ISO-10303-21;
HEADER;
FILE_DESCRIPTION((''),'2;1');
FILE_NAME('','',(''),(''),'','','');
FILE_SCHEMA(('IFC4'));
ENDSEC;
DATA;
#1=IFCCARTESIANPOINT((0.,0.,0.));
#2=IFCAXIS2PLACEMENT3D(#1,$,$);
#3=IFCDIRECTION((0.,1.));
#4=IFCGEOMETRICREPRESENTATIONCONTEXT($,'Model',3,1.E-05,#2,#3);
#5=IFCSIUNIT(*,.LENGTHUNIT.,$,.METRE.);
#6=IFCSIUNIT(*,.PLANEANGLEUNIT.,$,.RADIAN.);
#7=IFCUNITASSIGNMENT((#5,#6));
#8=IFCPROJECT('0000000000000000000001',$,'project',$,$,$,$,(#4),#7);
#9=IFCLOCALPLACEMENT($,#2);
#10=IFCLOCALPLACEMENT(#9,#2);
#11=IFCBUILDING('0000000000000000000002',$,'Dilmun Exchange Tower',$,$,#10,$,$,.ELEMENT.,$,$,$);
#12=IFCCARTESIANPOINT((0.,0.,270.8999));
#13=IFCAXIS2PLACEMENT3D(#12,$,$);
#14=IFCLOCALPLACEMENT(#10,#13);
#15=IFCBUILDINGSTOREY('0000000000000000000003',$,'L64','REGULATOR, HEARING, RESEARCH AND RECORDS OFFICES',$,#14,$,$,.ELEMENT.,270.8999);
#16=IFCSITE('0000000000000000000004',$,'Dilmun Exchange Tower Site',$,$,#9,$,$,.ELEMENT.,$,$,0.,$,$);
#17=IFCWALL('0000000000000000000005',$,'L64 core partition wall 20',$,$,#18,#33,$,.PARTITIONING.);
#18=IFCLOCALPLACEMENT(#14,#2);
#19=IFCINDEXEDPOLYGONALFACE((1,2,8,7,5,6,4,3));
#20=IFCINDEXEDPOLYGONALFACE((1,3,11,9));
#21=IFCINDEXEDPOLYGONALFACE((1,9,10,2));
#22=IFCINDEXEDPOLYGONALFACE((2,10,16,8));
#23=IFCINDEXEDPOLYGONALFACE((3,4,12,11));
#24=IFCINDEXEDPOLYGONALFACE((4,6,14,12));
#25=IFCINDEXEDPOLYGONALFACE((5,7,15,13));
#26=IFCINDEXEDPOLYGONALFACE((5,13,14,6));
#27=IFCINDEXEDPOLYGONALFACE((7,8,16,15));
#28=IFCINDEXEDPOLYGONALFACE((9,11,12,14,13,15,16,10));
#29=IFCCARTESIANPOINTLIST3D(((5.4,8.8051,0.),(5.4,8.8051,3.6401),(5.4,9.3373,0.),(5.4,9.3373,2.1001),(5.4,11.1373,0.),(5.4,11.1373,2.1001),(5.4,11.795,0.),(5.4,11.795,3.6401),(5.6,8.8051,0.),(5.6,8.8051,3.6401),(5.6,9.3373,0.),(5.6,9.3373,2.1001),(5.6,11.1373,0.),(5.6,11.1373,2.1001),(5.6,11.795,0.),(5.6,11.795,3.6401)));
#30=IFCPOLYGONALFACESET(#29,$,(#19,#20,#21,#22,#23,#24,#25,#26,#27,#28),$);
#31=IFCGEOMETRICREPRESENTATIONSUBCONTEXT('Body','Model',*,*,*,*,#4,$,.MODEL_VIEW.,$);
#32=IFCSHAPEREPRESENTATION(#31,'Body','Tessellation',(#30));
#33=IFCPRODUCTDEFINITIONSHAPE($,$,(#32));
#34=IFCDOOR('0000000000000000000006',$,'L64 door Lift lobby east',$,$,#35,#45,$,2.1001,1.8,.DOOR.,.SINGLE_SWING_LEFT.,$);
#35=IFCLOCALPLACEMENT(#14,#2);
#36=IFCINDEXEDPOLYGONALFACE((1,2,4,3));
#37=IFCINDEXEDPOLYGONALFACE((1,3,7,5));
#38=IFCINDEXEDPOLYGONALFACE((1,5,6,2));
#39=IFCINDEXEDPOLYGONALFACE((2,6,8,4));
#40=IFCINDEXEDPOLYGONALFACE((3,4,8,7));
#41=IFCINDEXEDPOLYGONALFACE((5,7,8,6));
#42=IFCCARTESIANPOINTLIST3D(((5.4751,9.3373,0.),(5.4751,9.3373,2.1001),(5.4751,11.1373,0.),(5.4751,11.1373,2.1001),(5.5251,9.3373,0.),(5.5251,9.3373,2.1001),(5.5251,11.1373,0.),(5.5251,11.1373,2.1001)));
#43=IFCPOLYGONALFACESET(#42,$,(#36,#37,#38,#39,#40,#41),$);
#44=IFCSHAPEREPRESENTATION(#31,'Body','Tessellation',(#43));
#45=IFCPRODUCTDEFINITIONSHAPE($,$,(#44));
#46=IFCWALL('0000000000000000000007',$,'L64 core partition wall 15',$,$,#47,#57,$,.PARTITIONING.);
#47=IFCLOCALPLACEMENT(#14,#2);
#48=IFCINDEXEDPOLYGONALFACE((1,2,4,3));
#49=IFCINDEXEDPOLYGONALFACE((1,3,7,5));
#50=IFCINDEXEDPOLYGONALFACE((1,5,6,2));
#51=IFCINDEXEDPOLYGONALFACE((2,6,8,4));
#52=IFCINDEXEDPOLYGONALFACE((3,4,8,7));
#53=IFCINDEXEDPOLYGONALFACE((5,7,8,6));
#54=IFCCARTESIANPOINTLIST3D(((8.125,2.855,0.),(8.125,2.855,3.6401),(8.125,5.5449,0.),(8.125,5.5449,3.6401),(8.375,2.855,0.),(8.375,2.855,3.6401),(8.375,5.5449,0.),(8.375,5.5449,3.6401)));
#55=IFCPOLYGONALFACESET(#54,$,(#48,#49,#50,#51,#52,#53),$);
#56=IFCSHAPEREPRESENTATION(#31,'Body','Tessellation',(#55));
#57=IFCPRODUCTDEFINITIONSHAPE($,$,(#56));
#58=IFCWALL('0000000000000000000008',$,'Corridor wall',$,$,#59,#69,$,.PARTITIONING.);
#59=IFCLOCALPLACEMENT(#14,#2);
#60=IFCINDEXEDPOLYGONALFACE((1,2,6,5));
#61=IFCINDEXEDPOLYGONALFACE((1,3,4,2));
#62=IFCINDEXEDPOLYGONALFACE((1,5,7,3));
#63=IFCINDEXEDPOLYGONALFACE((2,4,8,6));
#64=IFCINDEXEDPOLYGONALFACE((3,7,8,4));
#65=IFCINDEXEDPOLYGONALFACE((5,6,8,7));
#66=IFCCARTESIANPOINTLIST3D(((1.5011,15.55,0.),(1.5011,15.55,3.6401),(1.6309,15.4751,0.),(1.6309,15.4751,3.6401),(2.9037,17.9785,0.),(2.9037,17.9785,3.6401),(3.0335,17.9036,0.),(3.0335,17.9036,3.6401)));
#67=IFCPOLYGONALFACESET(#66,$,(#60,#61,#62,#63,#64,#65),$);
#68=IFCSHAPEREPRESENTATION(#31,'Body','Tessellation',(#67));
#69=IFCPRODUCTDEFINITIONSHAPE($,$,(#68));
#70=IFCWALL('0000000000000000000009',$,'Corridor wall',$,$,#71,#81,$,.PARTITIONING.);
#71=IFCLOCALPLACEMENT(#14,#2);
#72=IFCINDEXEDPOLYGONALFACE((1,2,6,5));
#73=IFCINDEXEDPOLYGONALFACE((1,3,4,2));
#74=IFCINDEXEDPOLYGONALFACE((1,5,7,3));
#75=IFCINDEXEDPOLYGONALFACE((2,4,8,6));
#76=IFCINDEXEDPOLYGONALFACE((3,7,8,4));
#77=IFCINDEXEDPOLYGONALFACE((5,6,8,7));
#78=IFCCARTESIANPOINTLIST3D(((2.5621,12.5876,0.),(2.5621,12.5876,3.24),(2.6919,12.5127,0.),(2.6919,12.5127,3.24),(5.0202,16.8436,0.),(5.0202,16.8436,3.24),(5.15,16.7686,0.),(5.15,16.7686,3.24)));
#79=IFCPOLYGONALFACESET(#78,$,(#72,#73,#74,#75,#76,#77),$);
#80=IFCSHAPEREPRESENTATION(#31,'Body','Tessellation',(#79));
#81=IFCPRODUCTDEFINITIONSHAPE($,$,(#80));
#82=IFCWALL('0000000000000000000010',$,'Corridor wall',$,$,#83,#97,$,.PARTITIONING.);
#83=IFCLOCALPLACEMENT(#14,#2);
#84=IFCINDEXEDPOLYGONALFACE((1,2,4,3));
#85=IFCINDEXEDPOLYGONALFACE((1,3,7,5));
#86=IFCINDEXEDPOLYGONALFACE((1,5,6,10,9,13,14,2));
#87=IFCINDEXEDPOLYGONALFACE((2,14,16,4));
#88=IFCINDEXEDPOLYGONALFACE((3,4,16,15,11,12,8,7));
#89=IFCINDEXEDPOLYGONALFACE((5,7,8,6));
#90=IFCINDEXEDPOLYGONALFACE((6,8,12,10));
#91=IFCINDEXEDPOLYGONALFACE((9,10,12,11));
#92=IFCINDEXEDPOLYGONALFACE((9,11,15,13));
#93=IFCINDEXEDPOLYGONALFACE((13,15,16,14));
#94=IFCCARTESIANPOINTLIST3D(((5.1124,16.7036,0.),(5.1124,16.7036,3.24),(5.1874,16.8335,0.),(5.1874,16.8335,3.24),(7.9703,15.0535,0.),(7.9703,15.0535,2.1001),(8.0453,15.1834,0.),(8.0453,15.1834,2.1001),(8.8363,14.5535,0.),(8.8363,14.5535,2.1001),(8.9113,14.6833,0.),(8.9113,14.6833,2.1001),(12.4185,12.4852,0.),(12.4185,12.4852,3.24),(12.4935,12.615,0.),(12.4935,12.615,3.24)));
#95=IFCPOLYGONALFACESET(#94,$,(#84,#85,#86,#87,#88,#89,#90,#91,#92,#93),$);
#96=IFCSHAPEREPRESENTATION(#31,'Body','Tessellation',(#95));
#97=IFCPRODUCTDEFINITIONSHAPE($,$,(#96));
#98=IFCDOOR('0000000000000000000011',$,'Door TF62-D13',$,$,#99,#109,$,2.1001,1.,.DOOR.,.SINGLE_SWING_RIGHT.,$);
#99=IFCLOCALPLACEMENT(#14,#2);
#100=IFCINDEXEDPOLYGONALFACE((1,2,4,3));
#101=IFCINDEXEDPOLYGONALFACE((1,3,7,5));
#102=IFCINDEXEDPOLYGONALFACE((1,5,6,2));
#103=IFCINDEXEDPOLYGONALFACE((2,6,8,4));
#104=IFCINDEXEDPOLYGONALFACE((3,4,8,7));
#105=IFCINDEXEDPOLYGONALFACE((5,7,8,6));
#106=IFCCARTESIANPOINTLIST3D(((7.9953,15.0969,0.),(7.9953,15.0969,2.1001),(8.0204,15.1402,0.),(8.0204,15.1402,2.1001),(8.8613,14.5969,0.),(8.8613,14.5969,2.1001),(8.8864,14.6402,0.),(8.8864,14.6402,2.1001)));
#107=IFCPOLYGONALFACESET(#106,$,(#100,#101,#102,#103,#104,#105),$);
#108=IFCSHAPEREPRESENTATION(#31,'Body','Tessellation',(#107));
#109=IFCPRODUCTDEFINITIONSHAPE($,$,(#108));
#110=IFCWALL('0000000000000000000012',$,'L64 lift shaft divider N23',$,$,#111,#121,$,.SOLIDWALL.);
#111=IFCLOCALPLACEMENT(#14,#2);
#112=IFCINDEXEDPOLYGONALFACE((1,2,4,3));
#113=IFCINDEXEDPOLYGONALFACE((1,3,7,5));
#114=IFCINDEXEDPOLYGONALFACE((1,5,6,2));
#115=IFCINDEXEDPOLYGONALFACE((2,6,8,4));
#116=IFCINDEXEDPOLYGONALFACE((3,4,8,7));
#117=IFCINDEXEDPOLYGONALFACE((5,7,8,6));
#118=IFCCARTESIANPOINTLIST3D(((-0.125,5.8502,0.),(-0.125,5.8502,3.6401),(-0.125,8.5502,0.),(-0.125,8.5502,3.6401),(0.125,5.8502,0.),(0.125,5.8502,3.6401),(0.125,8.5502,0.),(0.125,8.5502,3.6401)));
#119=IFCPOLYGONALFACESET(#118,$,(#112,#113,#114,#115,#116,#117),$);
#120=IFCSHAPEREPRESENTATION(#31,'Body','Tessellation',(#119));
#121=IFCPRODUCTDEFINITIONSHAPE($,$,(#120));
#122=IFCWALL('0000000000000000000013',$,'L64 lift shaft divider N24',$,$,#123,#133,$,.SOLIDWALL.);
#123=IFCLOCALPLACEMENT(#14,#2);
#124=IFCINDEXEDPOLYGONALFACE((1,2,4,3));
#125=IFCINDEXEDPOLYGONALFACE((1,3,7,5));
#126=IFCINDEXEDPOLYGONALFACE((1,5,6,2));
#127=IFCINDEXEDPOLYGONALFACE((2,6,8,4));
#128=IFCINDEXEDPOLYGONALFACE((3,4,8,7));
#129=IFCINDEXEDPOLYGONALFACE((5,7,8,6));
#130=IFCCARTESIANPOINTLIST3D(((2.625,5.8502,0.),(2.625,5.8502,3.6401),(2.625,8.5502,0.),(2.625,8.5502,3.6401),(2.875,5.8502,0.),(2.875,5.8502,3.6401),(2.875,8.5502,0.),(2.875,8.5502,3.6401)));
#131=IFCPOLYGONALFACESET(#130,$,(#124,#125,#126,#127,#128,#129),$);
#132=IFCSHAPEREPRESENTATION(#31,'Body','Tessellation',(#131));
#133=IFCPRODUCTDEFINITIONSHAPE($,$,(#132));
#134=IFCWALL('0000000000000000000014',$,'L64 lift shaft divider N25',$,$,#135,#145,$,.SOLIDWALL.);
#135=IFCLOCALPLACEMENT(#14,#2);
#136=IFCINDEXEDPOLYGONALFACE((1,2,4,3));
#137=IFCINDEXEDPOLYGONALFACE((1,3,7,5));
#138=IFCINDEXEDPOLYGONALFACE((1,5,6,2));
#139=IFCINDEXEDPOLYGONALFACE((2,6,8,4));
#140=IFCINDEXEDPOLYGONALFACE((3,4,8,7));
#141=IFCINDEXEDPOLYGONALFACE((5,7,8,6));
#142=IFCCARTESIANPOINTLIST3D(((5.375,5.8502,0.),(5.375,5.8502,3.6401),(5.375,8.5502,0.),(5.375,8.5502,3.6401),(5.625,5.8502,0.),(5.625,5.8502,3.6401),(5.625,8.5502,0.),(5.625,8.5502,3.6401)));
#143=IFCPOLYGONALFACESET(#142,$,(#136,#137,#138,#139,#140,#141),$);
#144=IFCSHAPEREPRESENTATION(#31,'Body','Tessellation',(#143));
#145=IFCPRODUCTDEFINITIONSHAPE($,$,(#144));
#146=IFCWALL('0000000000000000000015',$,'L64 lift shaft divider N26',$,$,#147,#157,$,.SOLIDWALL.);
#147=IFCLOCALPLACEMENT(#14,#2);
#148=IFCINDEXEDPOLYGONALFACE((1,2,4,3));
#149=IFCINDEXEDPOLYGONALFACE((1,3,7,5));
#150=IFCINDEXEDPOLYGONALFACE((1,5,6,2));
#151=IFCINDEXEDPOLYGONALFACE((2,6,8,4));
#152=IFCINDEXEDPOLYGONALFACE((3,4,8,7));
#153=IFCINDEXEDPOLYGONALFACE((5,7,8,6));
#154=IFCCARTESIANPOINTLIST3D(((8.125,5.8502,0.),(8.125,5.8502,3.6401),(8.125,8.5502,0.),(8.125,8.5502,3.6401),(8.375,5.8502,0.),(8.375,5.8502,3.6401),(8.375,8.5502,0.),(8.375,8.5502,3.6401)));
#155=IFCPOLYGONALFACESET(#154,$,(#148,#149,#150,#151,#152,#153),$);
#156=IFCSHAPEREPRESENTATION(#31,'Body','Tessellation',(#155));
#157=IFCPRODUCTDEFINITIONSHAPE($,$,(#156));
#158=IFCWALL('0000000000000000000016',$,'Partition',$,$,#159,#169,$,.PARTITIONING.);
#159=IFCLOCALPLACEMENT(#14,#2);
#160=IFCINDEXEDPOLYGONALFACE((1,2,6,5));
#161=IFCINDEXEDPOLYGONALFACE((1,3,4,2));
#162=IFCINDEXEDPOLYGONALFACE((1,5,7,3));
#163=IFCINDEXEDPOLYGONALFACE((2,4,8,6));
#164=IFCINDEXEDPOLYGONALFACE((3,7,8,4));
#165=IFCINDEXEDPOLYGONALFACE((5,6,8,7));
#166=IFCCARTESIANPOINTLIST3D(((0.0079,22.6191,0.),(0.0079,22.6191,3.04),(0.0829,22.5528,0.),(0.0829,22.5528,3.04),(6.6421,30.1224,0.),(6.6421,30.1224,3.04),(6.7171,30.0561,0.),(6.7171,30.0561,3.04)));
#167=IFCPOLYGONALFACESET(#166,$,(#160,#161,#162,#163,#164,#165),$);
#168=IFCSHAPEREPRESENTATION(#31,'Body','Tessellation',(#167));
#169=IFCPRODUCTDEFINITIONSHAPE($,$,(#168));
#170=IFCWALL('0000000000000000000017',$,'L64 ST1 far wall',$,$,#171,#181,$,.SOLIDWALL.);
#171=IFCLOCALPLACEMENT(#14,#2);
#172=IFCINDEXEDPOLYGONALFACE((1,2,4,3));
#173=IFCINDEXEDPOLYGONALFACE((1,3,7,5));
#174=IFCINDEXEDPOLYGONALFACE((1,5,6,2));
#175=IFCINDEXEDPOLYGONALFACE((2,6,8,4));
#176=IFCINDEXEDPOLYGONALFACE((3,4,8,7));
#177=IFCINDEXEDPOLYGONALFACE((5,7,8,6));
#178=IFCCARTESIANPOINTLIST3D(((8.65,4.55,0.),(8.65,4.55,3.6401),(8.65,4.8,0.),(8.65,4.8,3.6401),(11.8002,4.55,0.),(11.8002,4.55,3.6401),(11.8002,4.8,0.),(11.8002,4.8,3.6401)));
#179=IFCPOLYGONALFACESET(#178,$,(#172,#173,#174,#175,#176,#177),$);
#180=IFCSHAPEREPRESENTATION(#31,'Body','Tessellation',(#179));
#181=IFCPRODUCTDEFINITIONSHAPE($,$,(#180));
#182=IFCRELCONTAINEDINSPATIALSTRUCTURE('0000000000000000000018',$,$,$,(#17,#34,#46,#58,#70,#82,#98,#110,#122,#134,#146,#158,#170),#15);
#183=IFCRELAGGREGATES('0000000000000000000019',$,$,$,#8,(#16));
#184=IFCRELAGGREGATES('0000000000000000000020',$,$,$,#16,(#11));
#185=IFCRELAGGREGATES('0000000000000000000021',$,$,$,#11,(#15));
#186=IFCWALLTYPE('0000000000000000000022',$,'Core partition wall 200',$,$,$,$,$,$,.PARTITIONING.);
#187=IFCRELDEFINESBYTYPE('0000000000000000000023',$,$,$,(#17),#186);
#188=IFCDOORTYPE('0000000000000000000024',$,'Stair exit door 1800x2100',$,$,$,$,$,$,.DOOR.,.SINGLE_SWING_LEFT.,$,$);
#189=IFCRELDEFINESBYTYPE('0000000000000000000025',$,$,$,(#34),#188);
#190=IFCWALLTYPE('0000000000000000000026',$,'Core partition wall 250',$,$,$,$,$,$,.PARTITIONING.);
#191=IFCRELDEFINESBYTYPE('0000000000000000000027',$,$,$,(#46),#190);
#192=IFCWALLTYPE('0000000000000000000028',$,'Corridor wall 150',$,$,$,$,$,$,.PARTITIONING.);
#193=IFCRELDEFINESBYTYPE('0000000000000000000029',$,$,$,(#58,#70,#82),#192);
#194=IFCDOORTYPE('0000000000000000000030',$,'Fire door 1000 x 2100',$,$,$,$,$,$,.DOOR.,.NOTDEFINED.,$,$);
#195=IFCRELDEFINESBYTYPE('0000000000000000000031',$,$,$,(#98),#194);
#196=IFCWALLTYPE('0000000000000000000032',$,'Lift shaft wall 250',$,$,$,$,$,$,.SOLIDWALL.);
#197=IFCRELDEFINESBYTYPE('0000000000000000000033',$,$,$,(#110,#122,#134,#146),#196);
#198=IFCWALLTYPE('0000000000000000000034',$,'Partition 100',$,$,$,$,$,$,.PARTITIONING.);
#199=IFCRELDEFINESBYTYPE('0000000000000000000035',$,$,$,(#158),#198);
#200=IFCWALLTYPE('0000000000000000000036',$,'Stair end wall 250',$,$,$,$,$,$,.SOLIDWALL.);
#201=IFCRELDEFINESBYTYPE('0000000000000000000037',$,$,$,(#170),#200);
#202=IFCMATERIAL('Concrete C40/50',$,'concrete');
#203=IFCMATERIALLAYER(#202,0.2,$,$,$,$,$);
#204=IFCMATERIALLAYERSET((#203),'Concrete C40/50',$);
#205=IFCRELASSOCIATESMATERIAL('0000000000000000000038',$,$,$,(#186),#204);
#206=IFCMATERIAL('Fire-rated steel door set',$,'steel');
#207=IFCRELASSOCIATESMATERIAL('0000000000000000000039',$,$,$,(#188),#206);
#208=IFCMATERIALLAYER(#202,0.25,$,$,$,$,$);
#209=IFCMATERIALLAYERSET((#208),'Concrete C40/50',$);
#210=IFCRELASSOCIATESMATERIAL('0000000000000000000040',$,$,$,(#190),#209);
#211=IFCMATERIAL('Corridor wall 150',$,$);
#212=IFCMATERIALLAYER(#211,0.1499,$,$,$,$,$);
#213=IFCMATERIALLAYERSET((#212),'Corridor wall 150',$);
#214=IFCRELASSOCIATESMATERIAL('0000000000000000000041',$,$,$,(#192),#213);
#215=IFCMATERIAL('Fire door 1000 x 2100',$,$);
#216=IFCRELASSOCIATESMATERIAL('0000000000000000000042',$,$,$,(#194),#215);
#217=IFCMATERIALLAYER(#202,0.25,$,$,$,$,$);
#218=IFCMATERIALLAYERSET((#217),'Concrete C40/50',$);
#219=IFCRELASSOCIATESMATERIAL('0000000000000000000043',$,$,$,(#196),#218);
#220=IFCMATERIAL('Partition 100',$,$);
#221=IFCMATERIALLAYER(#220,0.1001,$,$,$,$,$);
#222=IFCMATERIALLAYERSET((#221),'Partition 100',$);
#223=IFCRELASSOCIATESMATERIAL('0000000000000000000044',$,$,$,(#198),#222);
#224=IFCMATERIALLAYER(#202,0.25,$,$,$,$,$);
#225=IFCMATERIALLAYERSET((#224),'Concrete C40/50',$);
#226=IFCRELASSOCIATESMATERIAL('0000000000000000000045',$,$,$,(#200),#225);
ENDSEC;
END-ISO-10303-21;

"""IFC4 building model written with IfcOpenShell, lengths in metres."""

from ifc_helpers import new_model, si_unit, direction, frame, frame_2d, origin, place, context, subcontext, project, spatial, rectangle, extrude, material, layer, layer_set, type_object, element, fill, save


model = new_model("IFC4")

# Units and contexts
model_context = context("Model", 3, precision=1e-05, world=origin(), true_north=direction((0.0, 1.0)))
body_context = subcontext(model_context, "Body", "Model", "MODEL_VIEW")
ifc_project = project(units=[si_unit("LENGTHUNIT", "METRE"), si_unit("PLANEANGLEUNIT", "RADIAN")], contexts=[model_context])

# Site, building, storey
site_placement = place(None, origin())
site = spatial("IfcSite", under=ifc_project, at=site_placement, Name="Dilmun Exchange Tower Site", CompositionType="ELEMENT", RefElevation=0.0)
building_placement = place(site_placement, origin())
building = spatial("IfcBuilding", under=site, at=building_placement, Name="Dilmun Exchange Tower", CompositionType="ELEMENT")
storey_placement = place(building_placement, frame((0.0, 0.0, 270.8999)))
storey = spatial("IfcBuildingStorey", under=building, at=storey_placement, Name="L64", Description="REGULATOR, HEARING, RESEARCH AND RECORDS OFFICES", CompositionType="ELEMENT", Elevation=270.8999)

# Shared definitions
ifc_material_1 = material(Name="Concrete C40/50", Category="concrete")

# Wall, opening, door
ifc_layer_1 = layer(ifc_material_1, 0.2)
ifc_layer_set_1 = layer_set([ifc_layer_1], Name="Concrete C40/50")
wall_type_1 = type_object("IfcWallType", Name="Core partition wall 200", PredefinedType="PARTITIONING", material=ifc_layer_set_1)
wall_1_placement = place(storey_placement, frame((5.5, 8.8049, 0.0), z_axis=(0.0, 0.0, 1.0), x_axis=(0.0, 1.0, 0.0)))
wall_1 = element("IfcWall", 1, at=wall_1_placement, inside=storey, type_object=wall_type_1, Name="L64 core partition wall 20", PredefinedType="PARTITIONING", context=body_context, shape_type="SweptSolid", body=[
    extrude(rectangle(XDim=2.99, YDim=0.2, at=frame_2d((1.4951, 0.0))), origin(), (0.0, 0.0, 1.0), 3.6401),
])
opening_1_placement = place(wall_1_placement, frame((0.5325, 0.0, 0.0)))
opening_1 = element("IfcOpeningElement", 2, at=opening_1_placement, cuts=wall_1, PredefinedType="OPENING", context=body_context, shape_type="SweptSolid", body=[
    extrude(rectangle(XDim=1.8, YDim=2.1001, at=frame_2d((0.8999, 1.05))), frame((0.0, 0.1099, 0.0), z_axis=(0.0, -1.0, 0.0), x_axis=(1.0, 0.0, 0.0)), (0.0, 0.0, 1.0), 0.22),
])
ifc_material_2 = material(Name="Fire-rated steel door set", Category="steel")
door_type_1 = type_object("IfcDoorType", Name="Stair exit door 1800x2100", OperationType="SINGLE_SWING_LEFT", PredefinedType="DOOR", material=ifc_material_2)
door_1_placement = place(opening_1_placement, origin())
door_1 = element("IfcDoor", 3, at=door_1_placement, inside=storey, type_object=door_type_1, Name="L64 door Lift lobby east", OperationType="SINGLE_SWING_LEFT", OverallHeight=2.1001, OverallWidth=1.8, PredefinedType="DOOR", context=body_context, shape_type="SweptSolid", body=[
    extrude(rectangle(XDim=1.8, YDim=2.1001, at=frame_2d((0.8999, 1.05))), frame((0.0, 0.0249, 0.0), z_axis=(0.0, -1.0, 0.0), x_axis=(1.0, 0.0, 0.0)), (0.0, 0.0, 1.0), 0.05),
])
fill(opening_1, door_1)

# Walls
ifc_layer_2 = layer(ifc_material_1, 0.25)
ifc_layer_set_2 = layer_set([ifc_layer_2], Name="Concrete C40/50")
wall_type_2 = type_object("IfcWallType", Name="Core partition wall 250", PredefinedType="PARTITIONING", material=ifc_layer_set_2)
wall_2_placement = place(storey_placement, frame((8.25, 2.855, 0.0), z_axis=(0.0, 0.0, 1.0), x_axis=(0.0, 1.0, 0.0)))
element("IfcWall", 4, at=wall_2_placement, inside=storey, type_object=wall_type_2, Name="L64 core partition wall 15", PredefinedType="PARTITIONING", context=body_context, shape_type="SweptSolid", body=[
    extrude(rectangle(XDim=2.6899, YDim=0.25, at=frame_2d((1.345, 0.0))), origin(), (0.0, 0.0, 1.0), 3.6401),
])
ifc_material_3 = material(Name="Corridor wall 150")
ifc_layer_3 = layer(ifc_material_3, 0.1499)
ifc_layer_set_3 = layer_set([ifc_layer_3], Name="Corridor wall 150")
wall_type_3 = type_object("IfcWallType", Name="Corridor wall 150", PredefinedType="PARTITIONING", material=ifc_layer_set_3)
wall_3_placement = place(storey_placement, frame((1.5659, 15.5125, 0.0), z_axis=(0.0, 0.0, 1.0), x_axis=(0.500137, 0.865946, 0.0)))
element("IfcWall", 5, at=wall_3_placement, inside=storey, type_object=wall_type_3, Name="Corridor wall", PredefinedType="PARTITIONING", context=body_context, shape_type="SweptSolid", body=[
    extrude(rectangle(XDim=2.8044, YDim=0.1499, at=frame_2d((1.4023, 0.0))), origin(), (0.0, 0.0, 1.0), 3.6401),
])
wall_4_placement = place(storey_placement, frame((2.627, 12.55, 0.0), z_axis=(0.0, 0.0, 1.0), x_axis=(0.500135, 0.865947, 0.0)))
element("IfcWall", 6, at=wall_4_placement, inside=storey, type_object=wall_type_3, Name="Corridor wall", PredefinedType="PARTITIONING", context=body_context, shape_type="SweptSolid", body=[
    extrude(rectangle(XDim=4.9148, YDim=0.1499, at=frame_2d((2.4575, 0.0))), origin(), (0.0, 0.0, 1.0), 3.24),
])

# Wall, opening, door
wall_5_placement = place(storey_placement, frame((5.1499, 16.7686, 0.0), z_axis=(0.0, 0.0, 1.0), x_axis=(0.86601, -0.500026, 0.0)))
wall_5 = element("IfcWall", 7, at=wall_5_placement, inside=storey, type_object=wall_type_3, Name="Corridor wall", PredefinedType="PARTITIONING", context=body_context, shape_type="SweptSolid", body=[
    extrude(rectangle(XDim=8.4365, YDim=0.1499, at=frame_2d((4.2183, 0.0))), origin(), (0.0, 0.0, 1.0), 3.24),
])
opening_2_placement = place(wall_5_placement, frame((3.3, 0.0, 0.0)))
opening_2 = element("IfcOpeningElement", 8, at=opening_2_placement, cuts=wall_5, PredefinedType="OPENING", context=body_context, shape_type="SweptSolid", body=[
    extrude(rectangle(XDim=1.0, YDim=2.1001, at=frame_2d((0.5, 1.05))), frame((0.0, 0.085, 0.0), z_axis=(0.0, -1.0, 0.0), x_axis=(1.0, 0.0, 0.0)), (0.0, 0.0, 1.0), 0.1699),
])
ifc_material_4 = material(Name="Fire door 1000 x 2100")
door_type_2 = type_object("IfcDoorType", Name="Fire door 1000 x 2100", OperationType="NOTDEFINED", PredefinedType="DOOR", material=ifc_material_4)
door_2_placement = place(opening_2_placement, frame((1.0, 0.0, 0.0), z_axis=(0.0, 0.0, 1.0), x_axis=(-1.0, 0.0, 0.0)))
door_2 = element("IfcDoor", 9, at=door_2_placement, inside=storey, type_object=door_type_2, Name="Door TF62-D13", OperationType="SINGLE_SWING_RIGHT", OverallHeight=2.1001, OverallWidth=1.0, PredefinedType="DOOR", context=body_context, shape_type="SweptSolid", body=[
    extrude(rectangle(XDim=1.0, YDim=2.1001, at=frame_2d((0.5, 1.05))), frame((0.0, 0.0249, 0.0), z_axis=(0.0, -1.0, 0.0), x_axis=(1.0, 0.0, 0.0)), (0.0, 0.0, 1.0), 0.05),
])
fill(opening_2, door_2)

# Walls
ifc_layer_4 = layer(ifc_material_1, 0.25)
ifc_layer_set_4 = layer_set([ifc_layer_4], Name="Concrete C40/50")
wall_type_4 = type_object("IfcWallType", Name="Lift shaft wall 250", PredefinedType="SOLIDWALL", material=ifc_layer_set_4)
for number, where, z_axis, x_axis, name in (
    (10, (0.0, 5.8501, 0.0), (0.0, 0.0, 1.0), (0.0, 1.0, 0.0), "L64 lift shaft divider N23"),
    (11, (2.75, 5.8501, 0.0), (0.0, 0.0, 1.0), (0.0, 1.0, 0.0), "L64 lift shaft divider N24"),
    (12, (5.5, 5.8501, 0.0), (0.0, 0.0, 1.0), (0.0, 1.0, 0.0), "L64 lift shaft divider N25"),
    (13, (8.25, 5.8501, 0.0), (0.0, 0.0, 1.0), (0.0, 1.0, 0.0), "L64 lift shaft divider N26"),
):
    element("IfcWall", number, at=place(storey_placement, frame(where, z_axis=z_axis, x_axis=x_axis)), inside=storey, type_object=wall_type_4, Name=name, PredefinedType="SOLIDWALL", context=body_context, shape_type="SweptSolid", body=[
        extrude(rectangle(XDim=2.7, YDim=0.25, at=frame_2d((1.3501, 0.0))), origin(), (0.0, 0.0, 1.0), 3.6401),
    ])
ifc_material_5 = material(Name="Partition 100")
ifc_layer_5 = layer(ifc_material_5, 0.1001)
ifc_layer_set_5 = layer_set([ifc_layer_5], Name="Partition 100")
wall_type_5 = type_object("IfcWallType", Name="Partition 100", PredefinedType="PARTITIONING", material=ifc_layer_set_5)
wall_6_placement = place(storey_placement, frame((0.0454, 22.5859, 0.0), z_axis=(0.0, 0.0, 1.0), x_axis=(0.662386, 0.749163, 0.0)))
element("IfcWall", 14, at=wall_6_placement, inside=storey, type_object=wall_type_5, Name="Partition", PredefinedType="PARTITIONING", context=body_context, shape_type="SweptSolid", body=[
    extrude(rectangle(XDim=10.0156, YDim=0.1001, at=frame_2d((5.0078, 0.0))), origin(), (0.0, 0.0, 1.0), 3.04),
])
ifc_layer_6 = layer(ifc_material_1, 0.25)
ifc_layer_set_6 = layer_set([ifc_layer_6], Name="Concrete C40/50")
wall_type_6 = type_object("IfcWallType", Name="Stair end wall 250", PredefinedType="SOLIDWALL", material=ifc_layer_set_6)
wall_7_placement = place(storey_placement, frame((8.6499, 4.675, 0.0), z_axis=(0.0, 0.0, 1.0), x_axis=(1.0, 0.0, 0.0)))
element("IfcWall", 15, at=wall_7_placement, inside=storey, type_object=wall_type_6, Name="L64 ST1 far wall", PredefinedType="SOLIDWALL", context=body_context, shape_type="SweptSolid", body=[
    extrude(rectangle(XDim=3.1501, YDim=0.25, at=frame_2d((1.5752, 0.0))), origin(), (0.0, 0.0, 1.0), 3.6401),
])

save(model, "model.ifc")
